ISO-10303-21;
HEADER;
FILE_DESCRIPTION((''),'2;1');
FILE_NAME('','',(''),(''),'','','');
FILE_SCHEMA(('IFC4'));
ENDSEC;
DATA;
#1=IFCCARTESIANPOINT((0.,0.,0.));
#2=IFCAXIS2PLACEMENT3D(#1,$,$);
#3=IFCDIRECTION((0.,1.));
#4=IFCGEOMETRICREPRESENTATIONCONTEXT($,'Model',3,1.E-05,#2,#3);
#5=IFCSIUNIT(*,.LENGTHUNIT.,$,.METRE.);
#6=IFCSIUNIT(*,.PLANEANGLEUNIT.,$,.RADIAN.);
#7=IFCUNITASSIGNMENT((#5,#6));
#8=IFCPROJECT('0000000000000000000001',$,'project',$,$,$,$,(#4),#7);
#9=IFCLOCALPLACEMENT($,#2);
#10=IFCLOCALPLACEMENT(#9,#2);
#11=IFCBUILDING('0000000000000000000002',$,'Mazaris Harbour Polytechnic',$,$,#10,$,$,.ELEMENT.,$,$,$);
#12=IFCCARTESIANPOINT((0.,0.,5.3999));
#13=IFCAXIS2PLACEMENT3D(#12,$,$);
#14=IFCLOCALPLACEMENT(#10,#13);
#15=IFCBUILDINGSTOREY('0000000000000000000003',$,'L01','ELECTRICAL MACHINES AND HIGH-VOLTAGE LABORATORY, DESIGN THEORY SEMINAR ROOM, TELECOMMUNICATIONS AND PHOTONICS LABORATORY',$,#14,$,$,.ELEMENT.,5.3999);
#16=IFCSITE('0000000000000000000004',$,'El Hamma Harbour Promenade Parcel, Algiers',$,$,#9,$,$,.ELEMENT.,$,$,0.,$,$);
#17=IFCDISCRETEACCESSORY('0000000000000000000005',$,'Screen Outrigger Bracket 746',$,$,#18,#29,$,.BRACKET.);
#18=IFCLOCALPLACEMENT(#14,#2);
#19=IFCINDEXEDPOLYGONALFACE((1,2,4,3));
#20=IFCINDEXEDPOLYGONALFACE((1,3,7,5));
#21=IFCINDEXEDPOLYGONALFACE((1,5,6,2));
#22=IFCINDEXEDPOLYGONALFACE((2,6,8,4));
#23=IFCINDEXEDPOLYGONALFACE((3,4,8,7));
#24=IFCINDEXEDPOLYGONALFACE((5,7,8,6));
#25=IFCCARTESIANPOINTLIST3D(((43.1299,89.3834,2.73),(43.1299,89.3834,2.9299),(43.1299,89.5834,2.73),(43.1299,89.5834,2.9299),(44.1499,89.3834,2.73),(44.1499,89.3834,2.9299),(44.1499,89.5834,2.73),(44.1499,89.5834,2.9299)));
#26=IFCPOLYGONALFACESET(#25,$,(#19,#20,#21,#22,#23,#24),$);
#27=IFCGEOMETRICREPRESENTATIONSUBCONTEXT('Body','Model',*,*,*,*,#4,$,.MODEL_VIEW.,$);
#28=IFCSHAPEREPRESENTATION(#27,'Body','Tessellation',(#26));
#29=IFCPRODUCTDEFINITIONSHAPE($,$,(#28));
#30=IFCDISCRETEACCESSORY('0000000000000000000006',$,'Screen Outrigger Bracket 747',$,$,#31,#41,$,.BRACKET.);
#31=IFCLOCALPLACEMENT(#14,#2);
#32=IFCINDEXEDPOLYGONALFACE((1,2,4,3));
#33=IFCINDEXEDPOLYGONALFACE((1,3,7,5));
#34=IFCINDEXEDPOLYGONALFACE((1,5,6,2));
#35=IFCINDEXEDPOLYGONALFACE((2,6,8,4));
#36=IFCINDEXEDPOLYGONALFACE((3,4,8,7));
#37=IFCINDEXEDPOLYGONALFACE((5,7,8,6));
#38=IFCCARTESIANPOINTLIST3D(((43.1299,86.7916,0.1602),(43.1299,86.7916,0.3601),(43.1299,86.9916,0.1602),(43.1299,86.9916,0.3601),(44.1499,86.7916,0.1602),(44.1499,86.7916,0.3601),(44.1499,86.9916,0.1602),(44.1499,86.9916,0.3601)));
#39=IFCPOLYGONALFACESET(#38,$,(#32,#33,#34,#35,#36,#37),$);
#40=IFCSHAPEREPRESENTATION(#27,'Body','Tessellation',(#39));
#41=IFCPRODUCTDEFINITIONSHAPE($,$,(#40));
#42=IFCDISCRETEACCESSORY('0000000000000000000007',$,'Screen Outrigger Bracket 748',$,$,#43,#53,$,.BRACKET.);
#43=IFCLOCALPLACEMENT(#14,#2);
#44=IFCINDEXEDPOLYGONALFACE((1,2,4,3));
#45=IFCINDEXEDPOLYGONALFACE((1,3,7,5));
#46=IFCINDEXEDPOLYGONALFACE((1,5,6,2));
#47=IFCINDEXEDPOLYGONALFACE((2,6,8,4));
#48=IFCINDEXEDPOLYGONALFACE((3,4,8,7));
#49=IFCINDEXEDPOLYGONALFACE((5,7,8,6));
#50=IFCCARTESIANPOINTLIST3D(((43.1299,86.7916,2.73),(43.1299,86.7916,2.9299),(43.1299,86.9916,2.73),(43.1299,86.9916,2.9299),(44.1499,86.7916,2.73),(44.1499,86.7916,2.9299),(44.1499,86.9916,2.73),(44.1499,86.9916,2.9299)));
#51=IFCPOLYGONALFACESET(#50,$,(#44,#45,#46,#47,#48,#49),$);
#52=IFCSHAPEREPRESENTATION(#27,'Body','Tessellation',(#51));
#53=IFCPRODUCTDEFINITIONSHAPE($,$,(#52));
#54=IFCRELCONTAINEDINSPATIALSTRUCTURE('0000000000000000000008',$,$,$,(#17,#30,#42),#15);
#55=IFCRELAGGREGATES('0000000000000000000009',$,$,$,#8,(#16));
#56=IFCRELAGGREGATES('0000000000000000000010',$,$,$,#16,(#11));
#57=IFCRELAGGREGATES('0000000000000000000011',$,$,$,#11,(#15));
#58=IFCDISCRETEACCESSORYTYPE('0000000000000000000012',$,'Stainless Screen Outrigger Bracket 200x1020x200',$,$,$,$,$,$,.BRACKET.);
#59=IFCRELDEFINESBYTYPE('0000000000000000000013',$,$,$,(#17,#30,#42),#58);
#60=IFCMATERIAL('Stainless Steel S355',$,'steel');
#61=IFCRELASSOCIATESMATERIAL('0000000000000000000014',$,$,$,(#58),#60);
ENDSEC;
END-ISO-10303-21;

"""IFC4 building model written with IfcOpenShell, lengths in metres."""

from ifc_helpers import new_model, si_unit, direction, frame, origin, origin_2d, place, context, subcontext, project, spatial, rectangle, extrude, material, type_object, element, save


model = new_model("IFC4")

# Units and contexts
model_context = context("Model", 3, precision=1e-05, world=origin(), true_north=direction((0.0, 1.0)))
body_context = subcontext(model_context, "Body", "Model", "MODEL_VIEW")
ifc_project = project(units=[si_unit("LENGTHUNIT", "METRE"), si_unit("PLANEANGLEUNIT", "RADIAN")], contexts=[model_context])

# Site, building, storey
site_placement = place(None, origin())
site = spatial("IfcSite", under=ifc_project, at=site_placement, Name="El Hamma Harbour Promenade Parcel, Algiers", CompositionType="ELEMENT", RefElevation=0.0)
building_placement = place(site_placement, origin())
building = spatial("IfcBuilding", under=site, at=building_placement, Name="Mazaris Harbour Polytechnic", CompositionType="ELEMENT")
storey_placement = place(building_placement, frame((0.0, 0.0, 5.3999)))
storey = spatial("IfcBuildingStorey", under=building, at=storey_placement, Name="L01", Description="ELECTRICAL MACHINES AND HIGH-VOLTAGE LABORATORY, DESIGN THEORY SEMINAR ROOM, TELECOMMUNICATIONS AND PHOTONICS LABORATORY", CompositionType="ELEMENT", Elevation=5.3999)

# Discrete accessories
ifc_material_1 = material(Name="Stainless Steel S355", Category="steel")
discrete_accessory_type = type_object("IfcDiscreteAccessoryType", Name="Stainless Screen Outrigger Bracket 200x1020x200", PredefinedType="BRACKET", material=ifc_material_1)
for number, where, z_axis, x_axis, name in (
    (1, (43.6399, 89.4834, 2.73), (0.0, 0.0, 1.0), (0.0, -1.0, 0.0), "Screen Outrigger Bracket 746"),
    (2, (43.6399, 86.8916, 0.1602), (0.0, 0.0, 1.0), (0.0, -1.0, 0.0), "Screen Outrigger Bracket 747"),
    (3, (43.6399, 86.8916, 2.73), (0.0, 0.0, 1.0), (0.0, -1.0, 0.0), "Screen Outrigger Bracket 748"),
):
    element("IfcDiscreteAccessory", number, at=place(storey_placement, frame(where, z_axis=z_axis, x_axis=x_axis)), inside=storey, type_object=discrete_accessory_type, Name=name, PredefinedType="BRACKET", context=body_context, shape_type="SweptSolid", body=[
        extrude(rectangle(XDim=0.2, YDim=1.02, at=origin_2d()), origin(), (0.0, 0.0, 1.0), 0.2),
    ])

save(model, "model.ifc")
